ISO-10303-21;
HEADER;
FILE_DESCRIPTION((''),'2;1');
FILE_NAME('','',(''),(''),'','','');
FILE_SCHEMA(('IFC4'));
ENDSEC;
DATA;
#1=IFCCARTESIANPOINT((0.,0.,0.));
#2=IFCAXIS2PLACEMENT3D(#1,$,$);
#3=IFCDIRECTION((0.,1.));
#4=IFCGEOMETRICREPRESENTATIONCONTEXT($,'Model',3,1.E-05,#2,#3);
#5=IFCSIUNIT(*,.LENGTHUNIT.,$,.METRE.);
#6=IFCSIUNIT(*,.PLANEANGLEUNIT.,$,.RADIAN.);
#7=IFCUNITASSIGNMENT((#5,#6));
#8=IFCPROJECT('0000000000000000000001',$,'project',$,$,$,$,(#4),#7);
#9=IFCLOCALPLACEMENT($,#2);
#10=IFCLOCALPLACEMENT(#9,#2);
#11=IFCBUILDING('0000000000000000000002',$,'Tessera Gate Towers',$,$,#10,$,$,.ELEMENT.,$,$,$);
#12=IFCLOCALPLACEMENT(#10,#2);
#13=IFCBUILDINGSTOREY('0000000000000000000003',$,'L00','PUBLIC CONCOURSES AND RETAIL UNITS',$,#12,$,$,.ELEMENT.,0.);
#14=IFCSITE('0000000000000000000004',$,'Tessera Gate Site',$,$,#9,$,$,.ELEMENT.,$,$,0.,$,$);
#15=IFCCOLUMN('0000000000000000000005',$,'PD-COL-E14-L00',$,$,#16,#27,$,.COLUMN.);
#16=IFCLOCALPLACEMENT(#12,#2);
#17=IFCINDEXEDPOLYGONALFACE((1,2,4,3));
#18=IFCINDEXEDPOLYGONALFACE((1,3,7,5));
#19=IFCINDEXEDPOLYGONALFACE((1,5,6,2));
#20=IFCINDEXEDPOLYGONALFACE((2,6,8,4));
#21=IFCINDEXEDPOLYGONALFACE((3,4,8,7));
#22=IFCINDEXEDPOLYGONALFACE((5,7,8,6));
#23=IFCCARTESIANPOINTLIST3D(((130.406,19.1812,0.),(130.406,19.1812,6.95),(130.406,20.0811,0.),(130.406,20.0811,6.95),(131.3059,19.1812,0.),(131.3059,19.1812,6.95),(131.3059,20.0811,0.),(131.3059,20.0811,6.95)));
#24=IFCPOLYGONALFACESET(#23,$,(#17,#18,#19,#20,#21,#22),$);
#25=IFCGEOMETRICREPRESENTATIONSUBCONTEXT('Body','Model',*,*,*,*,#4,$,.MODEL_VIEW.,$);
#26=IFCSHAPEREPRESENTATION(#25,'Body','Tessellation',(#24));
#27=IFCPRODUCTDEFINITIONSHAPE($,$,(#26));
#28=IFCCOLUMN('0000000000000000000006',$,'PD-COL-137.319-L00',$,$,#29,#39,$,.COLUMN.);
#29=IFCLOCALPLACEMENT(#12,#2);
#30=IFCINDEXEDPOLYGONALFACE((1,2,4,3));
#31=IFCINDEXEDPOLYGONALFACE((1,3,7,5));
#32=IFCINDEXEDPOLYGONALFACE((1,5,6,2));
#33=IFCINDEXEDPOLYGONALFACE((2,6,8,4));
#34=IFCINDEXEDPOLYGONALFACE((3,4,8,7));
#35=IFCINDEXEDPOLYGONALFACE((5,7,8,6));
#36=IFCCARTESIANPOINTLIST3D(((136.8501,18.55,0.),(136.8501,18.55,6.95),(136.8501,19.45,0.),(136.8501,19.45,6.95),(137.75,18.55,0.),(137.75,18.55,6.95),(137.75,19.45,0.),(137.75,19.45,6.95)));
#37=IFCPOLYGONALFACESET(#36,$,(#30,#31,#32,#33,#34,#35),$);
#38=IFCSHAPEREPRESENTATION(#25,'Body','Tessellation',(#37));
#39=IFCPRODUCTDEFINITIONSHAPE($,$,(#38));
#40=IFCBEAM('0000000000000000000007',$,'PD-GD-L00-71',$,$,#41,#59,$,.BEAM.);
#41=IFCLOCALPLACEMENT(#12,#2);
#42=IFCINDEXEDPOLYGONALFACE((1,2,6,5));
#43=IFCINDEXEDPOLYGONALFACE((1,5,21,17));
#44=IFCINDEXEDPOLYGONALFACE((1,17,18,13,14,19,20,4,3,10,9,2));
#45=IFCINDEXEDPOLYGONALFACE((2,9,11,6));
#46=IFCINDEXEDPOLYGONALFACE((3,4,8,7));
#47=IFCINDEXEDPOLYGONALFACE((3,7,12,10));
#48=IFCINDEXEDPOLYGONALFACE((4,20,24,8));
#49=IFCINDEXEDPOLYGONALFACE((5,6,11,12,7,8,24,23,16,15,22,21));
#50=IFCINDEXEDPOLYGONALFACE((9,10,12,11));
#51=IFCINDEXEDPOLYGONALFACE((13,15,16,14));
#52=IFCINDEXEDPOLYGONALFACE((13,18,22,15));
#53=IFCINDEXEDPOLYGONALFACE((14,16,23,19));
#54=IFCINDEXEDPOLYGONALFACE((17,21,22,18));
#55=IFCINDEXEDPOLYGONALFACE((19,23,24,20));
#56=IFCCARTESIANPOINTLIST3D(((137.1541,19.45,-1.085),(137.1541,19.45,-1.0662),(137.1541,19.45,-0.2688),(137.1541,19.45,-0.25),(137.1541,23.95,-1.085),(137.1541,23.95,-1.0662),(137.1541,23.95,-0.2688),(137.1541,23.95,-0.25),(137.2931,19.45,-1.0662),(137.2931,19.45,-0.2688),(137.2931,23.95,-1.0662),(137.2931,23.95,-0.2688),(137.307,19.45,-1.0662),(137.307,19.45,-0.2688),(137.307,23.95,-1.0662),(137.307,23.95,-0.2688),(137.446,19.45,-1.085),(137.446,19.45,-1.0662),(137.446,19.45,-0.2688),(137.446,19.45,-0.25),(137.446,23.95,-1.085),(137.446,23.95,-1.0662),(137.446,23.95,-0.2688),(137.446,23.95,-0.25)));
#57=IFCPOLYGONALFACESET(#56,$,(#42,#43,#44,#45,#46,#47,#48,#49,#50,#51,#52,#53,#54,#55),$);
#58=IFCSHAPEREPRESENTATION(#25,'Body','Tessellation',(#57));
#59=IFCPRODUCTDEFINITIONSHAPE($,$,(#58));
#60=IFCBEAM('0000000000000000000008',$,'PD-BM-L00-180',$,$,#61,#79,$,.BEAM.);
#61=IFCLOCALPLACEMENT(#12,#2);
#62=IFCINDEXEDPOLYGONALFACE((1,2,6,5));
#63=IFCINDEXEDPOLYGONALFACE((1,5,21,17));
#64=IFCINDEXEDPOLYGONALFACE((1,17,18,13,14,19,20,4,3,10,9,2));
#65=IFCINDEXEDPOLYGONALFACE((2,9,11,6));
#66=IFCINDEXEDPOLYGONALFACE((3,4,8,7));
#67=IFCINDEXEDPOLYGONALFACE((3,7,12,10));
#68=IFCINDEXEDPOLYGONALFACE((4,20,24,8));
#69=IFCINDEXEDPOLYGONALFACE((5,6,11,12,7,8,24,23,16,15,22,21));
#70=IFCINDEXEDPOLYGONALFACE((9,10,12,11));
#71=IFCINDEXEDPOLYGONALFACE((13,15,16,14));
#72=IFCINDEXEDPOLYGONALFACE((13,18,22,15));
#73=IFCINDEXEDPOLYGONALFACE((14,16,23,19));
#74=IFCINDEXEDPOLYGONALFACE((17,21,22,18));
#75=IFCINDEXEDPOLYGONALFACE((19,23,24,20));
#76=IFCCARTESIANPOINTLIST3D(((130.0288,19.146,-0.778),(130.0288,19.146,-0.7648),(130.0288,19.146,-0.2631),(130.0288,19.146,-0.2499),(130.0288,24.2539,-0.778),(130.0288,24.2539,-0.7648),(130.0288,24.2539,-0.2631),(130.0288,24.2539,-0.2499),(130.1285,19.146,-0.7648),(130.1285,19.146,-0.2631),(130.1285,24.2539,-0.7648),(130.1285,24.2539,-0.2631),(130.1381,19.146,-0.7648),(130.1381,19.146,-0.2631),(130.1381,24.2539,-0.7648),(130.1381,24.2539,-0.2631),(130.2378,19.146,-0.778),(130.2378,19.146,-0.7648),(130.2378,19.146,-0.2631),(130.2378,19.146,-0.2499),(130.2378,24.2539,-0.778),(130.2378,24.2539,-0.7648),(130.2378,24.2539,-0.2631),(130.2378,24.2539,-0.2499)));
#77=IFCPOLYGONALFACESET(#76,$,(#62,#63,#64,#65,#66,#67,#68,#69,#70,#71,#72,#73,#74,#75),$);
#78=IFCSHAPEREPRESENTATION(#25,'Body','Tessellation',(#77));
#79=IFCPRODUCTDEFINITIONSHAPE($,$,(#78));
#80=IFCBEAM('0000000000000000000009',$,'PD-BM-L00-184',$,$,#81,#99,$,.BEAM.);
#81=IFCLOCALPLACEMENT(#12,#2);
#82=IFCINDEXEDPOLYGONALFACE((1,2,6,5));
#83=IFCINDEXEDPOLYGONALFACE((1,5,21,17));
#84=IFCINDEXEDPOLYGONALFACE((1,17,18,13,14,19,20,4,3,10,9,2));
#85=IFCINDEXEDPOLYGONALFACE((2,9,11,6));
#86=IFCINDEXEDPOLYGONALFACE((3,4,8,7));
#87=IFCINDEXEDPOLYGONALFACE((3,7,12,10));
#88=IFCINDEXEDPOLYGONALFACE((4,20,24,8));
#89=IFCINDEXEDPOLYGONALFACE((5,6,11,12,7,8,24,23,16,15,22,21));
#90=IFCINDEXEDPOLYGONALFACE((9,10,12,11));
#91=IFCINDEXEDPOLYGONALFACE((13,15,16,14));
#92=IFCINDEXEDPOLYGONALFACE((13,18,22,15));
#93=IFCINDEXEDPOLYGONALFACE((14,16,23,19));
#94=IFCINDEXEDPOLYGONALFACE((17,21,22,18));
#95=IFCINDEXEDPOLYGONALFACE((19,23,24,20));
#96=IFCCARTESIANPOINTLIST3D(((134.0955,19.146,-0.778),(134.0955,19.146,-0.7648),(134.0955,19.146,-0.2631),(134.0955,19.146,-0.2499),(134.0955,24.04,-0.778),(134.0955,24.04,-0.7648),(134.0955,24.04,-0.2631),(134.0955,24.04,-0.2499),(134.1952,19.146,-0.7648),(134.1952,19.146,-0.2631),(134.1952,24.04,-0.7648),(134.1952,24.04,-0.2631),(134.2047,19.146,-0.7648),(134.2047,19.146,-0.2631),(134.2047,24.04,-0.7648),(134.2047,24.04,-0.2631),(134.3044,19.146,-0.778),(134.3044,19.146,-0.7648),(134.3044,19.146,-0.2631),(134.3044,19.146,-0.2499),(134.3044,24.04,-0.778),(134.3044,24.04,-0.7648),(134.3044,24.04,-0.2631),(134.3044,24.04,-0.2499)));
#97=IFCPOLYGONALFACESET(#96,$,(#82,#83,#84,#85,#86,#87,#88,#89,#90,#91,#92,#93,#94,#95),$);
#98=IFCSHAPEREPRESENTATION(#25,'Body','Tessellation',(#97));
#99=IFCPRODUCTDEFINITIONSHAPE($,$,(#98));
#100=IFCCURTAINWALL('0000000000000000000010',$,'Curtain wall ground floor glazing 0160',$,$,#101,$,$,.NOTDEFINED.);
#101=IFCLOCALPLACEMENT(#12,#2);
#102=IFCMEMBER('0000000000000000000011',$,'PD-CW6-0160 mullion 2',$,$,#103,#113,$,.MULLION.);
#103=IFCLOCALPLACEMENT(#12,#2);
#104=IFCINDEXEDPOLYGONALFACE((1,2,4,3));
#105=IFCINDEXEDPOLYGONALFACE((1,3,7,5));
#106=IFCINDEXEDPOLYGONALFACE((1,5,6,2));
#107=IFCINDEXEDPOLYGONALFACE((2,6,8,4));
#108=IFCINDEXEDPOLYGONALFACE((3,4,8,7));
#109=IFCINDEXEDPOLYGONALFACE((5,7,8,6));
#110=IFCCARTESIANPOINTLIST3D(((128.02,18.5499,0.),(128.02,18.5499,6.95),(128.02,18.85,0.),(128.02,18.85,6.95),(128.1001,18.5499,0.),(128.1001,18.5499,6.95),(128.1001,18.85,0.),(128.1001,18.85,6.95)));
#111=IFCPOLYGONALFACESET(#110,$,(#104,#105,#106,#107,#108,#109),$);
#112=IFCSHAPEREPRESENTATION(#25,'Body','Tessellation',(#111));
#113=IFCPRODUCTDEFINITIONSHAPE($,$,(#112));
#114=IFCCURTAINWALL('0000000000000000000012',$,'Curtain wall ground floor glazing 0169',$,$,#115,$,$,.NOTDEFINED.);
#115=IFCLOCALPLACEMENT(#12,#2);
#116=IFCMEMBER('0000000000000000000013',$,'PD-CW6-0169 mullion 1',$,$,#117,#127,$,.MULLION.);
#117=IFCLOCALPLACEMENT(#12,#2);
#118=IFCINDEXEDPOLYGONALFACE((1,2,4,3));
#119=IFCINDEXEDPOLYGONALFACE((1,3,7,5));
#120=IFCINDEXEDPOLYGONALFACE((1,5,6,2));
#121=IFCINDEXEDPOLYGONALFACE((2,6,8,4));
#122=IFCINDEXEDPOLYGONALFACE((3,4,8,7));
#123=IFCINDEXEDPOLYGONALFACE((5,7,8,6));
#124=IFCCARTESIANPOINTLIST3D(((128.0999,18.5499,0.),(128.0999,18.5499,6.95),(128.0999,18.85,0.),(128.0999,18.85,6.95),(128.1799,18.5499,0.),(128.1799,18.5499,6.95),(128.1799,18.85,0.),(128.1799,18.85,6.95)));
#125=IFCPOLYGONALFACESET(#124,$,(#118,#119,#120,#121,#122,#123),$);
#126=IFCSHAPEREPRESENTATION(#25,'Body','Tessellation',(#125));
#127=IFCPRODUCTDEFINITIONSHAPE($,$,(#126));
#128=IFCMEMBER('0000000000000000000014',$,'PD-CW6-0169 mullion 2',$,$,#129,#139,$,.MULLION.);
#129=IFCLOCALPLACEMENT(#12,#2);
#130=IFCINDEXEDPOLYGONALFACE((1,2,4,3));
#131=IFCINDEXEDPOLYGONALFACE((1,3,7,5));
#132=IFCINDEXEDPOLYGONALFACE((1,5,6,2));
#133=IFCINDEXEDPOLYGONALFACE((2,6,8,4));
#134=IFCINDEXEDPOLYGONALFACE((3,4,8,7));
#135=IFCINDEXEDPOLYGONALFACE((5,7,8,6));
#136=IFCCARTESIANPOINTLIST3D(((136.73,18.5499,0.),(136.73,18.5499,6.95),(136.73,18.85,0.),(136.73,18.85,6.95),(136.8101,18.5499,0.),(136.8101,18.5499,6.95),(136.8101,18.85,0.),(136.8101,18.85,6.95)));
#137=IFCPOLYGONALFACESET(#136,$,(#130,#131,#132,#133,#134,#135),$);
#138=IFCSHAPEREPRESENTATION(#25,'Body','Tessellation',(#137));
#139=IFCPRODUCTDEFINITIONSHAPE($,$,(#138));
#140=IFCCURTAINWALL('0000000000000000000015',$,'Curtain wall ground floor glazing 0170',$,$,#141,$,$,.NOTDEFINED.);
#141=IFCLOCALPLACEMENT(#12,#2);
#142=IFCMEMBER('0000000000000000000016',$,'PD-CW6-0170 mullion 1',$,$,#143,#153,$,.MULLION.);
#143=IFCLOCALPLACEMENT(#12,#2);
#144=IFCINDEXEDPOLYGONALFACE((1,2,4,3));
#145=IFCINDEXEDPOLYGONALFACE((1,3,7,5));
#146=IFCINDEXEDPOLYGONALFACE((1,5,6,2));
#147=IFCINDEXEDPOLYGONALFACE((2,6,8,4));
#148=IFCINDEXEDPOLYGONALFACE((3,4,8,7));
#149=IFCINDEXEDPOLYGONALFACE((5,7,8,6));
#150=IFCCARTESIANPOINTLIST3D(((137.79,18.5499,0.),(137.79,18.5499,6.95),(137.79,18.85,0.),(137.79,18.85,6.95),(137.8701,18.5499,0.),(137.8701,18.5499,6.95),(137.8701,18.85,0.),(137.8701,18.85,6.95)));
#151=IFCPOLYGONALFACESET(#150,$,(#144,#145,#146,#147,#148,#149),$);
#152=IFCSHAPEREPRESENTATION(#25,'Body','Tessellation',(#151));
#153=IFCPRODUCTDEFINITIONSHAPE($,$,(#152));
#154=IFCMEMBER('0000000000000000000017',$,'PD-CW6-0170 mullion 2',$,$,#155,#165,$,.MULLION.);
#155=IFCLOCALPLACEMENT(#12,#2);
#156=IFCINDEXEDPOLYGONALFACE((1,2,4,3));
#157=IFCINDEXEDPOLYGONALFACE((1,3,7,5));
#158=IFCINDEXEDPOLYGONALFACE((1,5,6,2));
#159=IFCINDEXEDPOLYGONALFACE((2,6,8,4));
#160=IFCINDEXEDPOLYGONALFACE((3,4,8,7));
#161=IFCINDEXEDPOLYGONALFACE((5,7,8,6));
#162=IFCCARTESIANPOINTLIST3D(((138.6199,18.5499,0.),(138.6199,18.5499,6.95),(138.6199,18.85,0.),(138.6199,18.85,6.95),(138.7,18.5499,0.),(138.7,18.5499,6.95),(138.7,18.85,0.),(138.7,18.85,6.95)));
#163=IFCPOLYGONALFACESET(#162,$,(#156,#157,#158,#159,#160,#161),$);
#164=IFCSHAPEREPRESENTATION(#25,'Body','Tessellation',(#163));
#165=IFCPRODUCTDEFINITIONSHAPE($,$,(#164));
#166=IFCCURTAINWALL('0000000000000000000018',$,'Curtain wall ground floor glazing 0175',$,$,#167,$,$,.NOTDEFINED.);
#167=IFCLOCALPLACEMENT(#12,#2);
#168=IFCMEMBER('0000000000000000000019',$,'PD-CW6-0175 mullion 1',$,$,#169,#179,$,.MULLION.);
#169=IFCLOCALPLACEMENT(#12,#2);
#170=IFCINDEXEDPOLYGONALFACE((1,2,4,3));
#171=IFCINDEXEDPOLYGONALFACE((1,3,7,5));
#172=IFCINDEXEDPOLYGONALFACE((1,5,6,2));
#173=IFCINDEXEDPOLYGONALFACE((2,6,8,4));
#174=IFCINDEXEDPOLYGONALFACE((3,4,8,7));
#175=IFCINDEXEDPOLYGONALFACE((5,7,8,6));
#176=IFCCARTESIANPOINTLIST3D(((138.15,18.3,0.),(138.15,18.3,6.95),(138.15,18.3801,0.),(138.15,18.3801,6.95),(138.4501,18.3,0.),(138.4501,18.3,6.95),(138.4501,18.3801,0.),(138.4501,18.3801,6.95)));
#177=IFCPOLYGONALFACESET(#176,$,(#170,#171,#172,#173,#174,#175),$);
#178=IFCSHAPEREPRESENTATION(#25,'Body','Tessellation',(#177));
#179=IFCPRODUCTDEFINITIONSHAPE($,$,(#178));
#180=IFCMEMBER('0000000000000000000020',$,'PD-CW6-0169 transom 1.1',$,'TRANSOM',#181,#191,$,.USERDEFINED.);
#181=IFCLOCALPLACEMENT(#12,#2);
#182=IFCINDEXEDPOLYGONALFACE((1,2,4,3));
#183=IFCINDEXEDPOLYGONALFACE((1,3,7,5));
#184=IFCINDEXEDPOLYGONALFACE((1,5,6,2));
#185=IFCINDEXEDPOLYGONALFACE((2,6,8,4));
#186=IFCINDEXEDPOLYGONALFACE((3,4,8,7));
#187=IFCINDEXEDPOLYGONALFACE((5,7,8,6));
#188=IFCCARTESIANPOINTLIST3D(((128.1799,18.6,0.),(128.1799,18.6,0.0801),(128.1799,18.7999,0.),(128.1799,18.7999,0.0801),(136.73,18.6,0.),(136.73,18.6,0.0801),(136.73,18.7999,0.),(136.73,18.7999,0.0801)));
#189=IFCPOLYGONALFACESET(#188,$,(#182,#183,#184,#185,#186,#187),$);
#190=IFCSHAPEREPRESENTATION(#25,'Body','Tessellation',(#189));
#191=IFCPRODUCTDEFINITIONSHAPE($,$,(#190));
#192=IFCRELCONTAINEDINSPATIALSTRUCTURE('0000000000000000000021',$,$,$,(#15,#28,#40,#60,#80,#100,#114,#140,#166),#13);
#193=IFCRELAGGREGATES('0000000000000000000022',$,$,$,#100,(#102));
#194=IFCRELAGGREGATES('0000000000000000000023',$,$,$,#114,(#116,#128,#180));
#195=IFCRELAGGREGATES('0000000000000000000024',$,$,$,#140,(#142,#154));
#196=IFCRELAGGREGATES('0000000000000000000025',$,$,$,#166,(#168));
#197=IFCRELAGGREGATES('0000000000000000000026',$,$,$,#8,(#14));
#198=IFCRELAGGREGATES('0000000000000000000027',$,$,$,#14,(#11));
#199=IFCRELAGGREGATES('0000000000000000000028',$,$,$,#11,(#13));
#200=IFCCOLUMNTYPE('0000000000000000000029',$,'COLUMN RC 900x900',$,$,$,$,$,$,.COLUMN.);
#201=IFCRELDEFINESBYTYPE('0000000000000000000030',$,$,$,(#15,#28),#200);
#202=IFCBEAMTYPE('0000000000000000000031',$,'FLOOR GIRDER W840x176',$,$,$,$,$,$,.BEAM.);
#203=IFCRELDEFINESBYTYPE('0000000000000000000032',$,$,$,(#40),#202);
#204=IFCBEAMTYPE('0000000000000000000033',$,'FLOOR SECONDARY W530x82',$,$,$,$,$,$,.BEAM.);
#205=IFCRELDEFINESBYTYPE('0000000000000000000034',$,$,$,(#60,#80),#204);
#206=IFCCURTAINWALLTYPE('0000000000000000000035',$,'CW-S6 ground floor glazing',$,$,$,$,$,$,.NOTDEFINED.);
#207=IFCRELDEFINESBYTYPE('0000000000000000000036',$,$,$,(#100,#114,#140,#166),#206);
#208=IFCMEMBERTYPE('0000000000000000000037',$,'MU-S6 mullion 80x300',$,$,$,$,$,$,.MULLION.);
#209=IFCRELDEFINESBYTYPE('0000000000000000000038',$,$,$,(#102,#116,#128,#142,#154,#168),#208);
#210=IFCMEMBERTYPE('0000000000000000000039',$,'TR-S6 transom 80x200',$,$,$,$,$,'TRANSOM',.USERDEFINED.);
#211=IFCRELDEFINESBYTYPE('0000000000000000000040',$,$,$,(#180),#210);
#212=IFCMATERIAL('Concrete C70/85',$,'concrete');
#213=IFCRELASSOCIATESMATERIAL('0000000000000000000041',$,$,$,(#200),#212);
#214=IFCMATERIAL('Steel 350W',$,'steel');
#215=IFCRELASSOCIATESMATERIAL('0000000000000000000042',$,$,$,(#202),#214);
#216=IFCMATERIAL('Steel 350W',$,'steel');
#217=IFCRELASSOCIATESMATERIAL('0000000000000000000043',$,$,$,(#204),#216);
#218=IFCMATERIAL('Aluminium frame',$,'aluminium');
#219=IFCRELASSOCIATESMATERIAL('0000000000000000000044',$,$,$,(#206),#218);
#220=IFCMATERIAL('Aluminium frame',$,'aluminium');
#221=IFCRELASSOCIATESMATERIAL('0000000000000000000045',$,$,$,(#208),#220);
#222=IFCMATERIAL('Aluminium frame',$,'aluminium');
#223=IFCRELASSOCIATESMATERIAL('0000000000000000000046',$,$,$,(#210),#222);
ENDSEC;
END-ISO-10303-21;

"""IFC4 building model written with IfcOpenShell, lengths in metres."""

from ifc_helpers import new_model, si_unit, direction, frame, origin, origin_2d, place, context, subcontext, project, spatial, rectangle, i_section, extrude, material, material_profile, profile_set, type_object, element, aggregate, save


model = new_model("IFC4")

# Units and contexts
model_context = context("Model", 3, precision=1e-05, world=origin(), true_north=direction((0.0, 1.0)))
body_context = subcontext(model_context, "Body", "Model", "MODEL_VIEW")
ifc_project = project(units=[si_unit("LENGTHUNIT", "METRE"), si_unit("PLANEANGLEUNIT", "RADIAN")], contexts=[model_context])

# Site, building, storey
site_placement = place(None, origin())
site = spatial("IfcSite", under=ifc_project, at=site_placement, Name="Tessera Gate Site", CompositionType="ELEMENT", RefElevation=0.0)
building_placement = place(site_placement, origin())
building = spatial("IfcBuilding", under=site, at=building_placement, Name="Tessera Gate Towers", CompositionType="ELEMENT")
storey_placement = place(building_placement, origin())
storey = spatial("IfcBuildingStorey", under=building, at=storey_placement, Name="L00", Description="PUBLIC CONCOURSES AND RETAIL UNITS", CompositionType="ELEMENT", Elevation=0.0)

# Columns
ifc_material_1 = material(Name="Concrete C70/85", Category="concrete")
ifc_material_profile_1 = material_profile(ifc_material_1, rectangle(XDim=0.8999, YDim=0.8999, at=origin_2d()), Name="RC 900x900")
ifc_profile_set_1 = profile_set([ifc_material_profile_1], Name="Concrete C70/85")
column_type = type_object("IfcColumnType", Name="COLUMN RC 900x900", PredefinedType="COLUMN", material=ifc_profile_set_1)
for number, where, z_axis, x_axis, name in (
    (1, (130.856, 19.6311, 0.0), (0.0, 0.0, 1.0), (1.0, 0.0, 0.0), "PD-COL-E14-L00"),
    (2, (137.3, 19.0, 0.0), (0.0, 0.0, 1.0), (1.0, 0.0, 0.0), "PD-COL-137.319-L00"),
):
    element("IfcColumn", number, at=place(storey_placement, frame(where, z_axis=z_axis, x_axis=x_axis)), inside=storey, type_object=column_type, Name=name, PredefinedType="COLUMN", context=body_context, shape_type="SweptSolid", body=[
        extrude(rectangle(XDim=0.8999, YDim=0.8999, at=origin_2d()), origin(), (0.0, 0.0, 1.0), 6.95),
    ])

# Beams
ifc_material_2 = material(Name="Steel 350W", Category="steel")
ifc_material_profile_2 = material_profile(ifc_material_2, i_section(OverallWidth=0.292, OverallDepth=0.835, WebThickness=0.0139, FlangeThickness=0.0188, at=origin_2d()), Name="W840x176")
ifc_profile_set_2 = profile_set([ifc_material_profile_2], Name="Steel 350W")
beam_type_1 = type_object("IfcBeamType", Name="FLOOR GIRDER W840x176", PredefinedType="BEAM", material=ifc_profile_set_2)
beam_1_placement = place(storey_placement, frame((137.3, 19.45, -0.6675), z_axis=(0.0, 1.0, 0.0), x_axis=(-1.0, 0.0, 0.0)))
element("IfcBeam", 3, at=beam_1_placement, inside=storey, type_object=beam_type_1, Name="PD-GD-L00-71", PredefinedType="BEAM", context=body_context, shape_type="SweptSolid", body=[
    extrude(i_section(OverallWidth=0.292, OverallDepth=0.835, WebThickness=0.0139, FlangeThickness=0.0188, at=origin_2d()), origin(), (0.0, 0.0, 1.0), 4.5),
])
ifc_material_3 = material(Name="Steel 350W", Category="steel")
ifc_material_profile_3 = material_profile(ifc_material_3, i_section(OverallWidth=0.209, OverallDepth=0.5281, WebThickness=0.0095, FlangeThickness=0.0132, at=origin_2d()), Name="W530x82")
ifc_profile_set_3 = profile_set([ifc_material_profile_3], Name="Steel 350W")
beam_type_2 = type_object("IfcBeamType", Name="FLOOR SECONDARY W530x82", PredefinedType="BEAM", material=ifc_profile_set_3)
beam_2_placement = place(storey_placement, frame((130.1333, 19.146, -0.5139), z_axis=(0.0, 1.0, 0.0), x_axis=(-1.0, 0.0, 0.0)))
element("IfcBeam", 4, at=beam_2_placement, inside=storey, type_object=beam_type_2, Name="PD-BM-L00-180", PredefinedType="BEAM", context=body_context, shape_type="SweptSolid", body=[
    extrude(i_section(OverallWidth=0.209, OverallDepth=0.5281, WebThickness=0.0095, FlangeThickness=0.0132, at=origin_2d()), origin(), (0.0, 0.0, 1.0), 5.1079),
])
beam_3_placement = place(storey_placement, frame((134.2, 19.146, -0.5139), z_axis=(0.0, 1.0, 0.0), x_axis=(-1.0, 0.0, 0.0)))
element("IfcBeam", 5, at=beam_3_placement, inside=storey, type_object=beam_type_2, Name="PD-BM-L00-184", PredefinedType="BEAM", context=body_context, shape_type="SweptSolid", body=[
    extrude(i_section(OverallWidth=0.209, OverallDepth=0.5281, WebThickness=0.0095, FlangeThickness=0.0132, at=origin_2d()), origin(), (0.0, 0.0, 1.0), 4.894),
])

# Curtain wall, member
ifc_material_4 = material(Name="Aluminium frame", Category="aluminium")
curtain_wall_type = type_object("IfcCurtainWallType", Name="CW-S6 ground floor glazing", PredefinedType="NOTDEFINED", material=ifc_material_4)
curtain_wall_1_placement = place(storey_placement, origin())
curtain_wall_1 = element("IfcCurtainWall", 6, at=curtain_wall_1_placement, inside=storey, type_object=curtain_wall_type, Name="Curtain wall ground floor glazing 0160", PredefinedType="NOTDEFINED")
ifc_material_5 = material(Name="Aluminium frame", Category="aluminium")
ifc_material_profile_4 = material_profile(ifc_material_5, rectangle(XDim=0.0801, YDim=0.3, at=origin_2d()), Name="AL 80x300")
ifc_profile_set_4 = profile_set([ifc_material_profile_4], Name="Aluminium frame")
member_type_1 = type_object("IfcMemberType", Name="MU-S6 mullion 80x300", PredefinedType="MULLION", material=ifc_profile_set_4)
member_1_placement = place(storey_placement, frame((128.0601, 18.7, 0.0), z_axis=(0.0, 0.0, 1.0), x_axis=(1.0, 0.0, 0.0)))
member_1 = element("IfcMember", 7, at=member_1_placement, type_object=member_type_1, Name="PD-CW6-0160 mullion 2", PredefinedType="MULLION", context=body_context, shape_type="SweptSolid", body=[
    extrude(rectangle(XDim=0.0801, YDim=0.3, at=origin_2d()), origin(), (0.0, 0.0, 1.0), 6.95),
])
aggregate(curtain_wall_1, [member_1])

# Curtain walls, members
curtain_wall_2_placement = place(storey_placement, origin())
curtain_wall_2 = element("IfcCurtainWall", 8, at=curtain_wall_2_placement, inside=storey, type_object=curtain_wall_type, Name="Curtain wall ground floor glazing 0169", PredefinedType="NOTDEFINED")
member_2_placement = place(storey_placement, frame((128.1399, 18.7, 0.0), z_axis=(0.0, 0.0, 1.0), x_axis=(1.0, 0.0, 0.0)))
member_2 = element("IfcMember", 9, at=member_2_placement, type_object=member_type_1, Name="PD-CW6-0169 mullion 1", PredefinedType="MULLION", context=body_context, shape_type="SweptSolid", body=[
    extrude(rectangle(XDim=0.0801, YDim=0.3, at=origin_2d()), origin(), (0.0, 0.0, 1.0), 6.95),
])
member_3_placement = place(storey_placement, frame((136.77, 18.7, 0.0), z_axis=(0.0, 0.0, 1.0), x_axis=(1.0, 0.0, 0.0)))
member_3 = element("IfcMember", 10, at=member_3_placement, type_object=member_type_1, Name="PD-CW6-0169 mullion 2", PredefinedType="MULLION", context=body_context, shape_type="SweptSolid", body=[
    extrude(rectangle(XDim=0.0801, YDim=0.3, at=origin_2d()), origin(), (0.0, 0.0, 1.0), 6.95),
])
curtain_wall_3_placement = place(storey_placement, origin())
curtain_wall_3 = element("IfcCurtainWall", 11, at=curtain_wall_3_placement, inside=storey, type_object=curtain_wall_type, Name="Curtain wall ground floor glazing 0170", PredefinedType="NOTDEFINED")
member_4_placement = place(storey_placement, frame((137.8301, 18.7, 0.0), z_axis=(0.0, 0.0, 1.0), x_axis=(1.0, 0.0, 0.0)))
member_4 = element("IfcMember", 12, at=member_4_placement, type_object=member_type_1, Name="PD-CW6-0170 mullion 1", PredefinedType="MULLION", context=body_context, shape_type="SweptSolid", body=[
    extrude(rectangle(XDim=0.0801, YDim=0.3, at=origin_2d()), origin(), (0.0, 0.0, 1.0), 6.95),
])
member_5_placement = place(storey_placement, frame((138.6599, 18.7, 0.0), z_axis=(0.0, 0.0, 1.0), x_axis=(1.0, 0.0, 0.0)))
member_5 = element("IfcMember", 13, at=member_5_placement, type_object=member_type_1, Name="PD-CW6-0170 mullion 2", PredefinedType="MULLION", context=body_context, shape_type="SweptSolid", body=[
    extrude(rectangle(XDim=0.0801, YDim=0.3, at=origin_2d()), origin(), (0.0, 0.0, 1.0), 6.95),
])

# Curtain wall, member
curtain_wall_4_placement = place(storey_placement, origin())
curtain_wall_4 = element("IfcCurtainWall", 14, at=curtain_wall_4_placement, inside=storey, type_object=curtain_wall_type, Name="Curtain wall ground floor glazing 0175", PredefinedType="NOTDEFINED")
member_6_placement = place(storey_placement, frame((138.3, 18.3401, 0.0), z_axis=(0.0, 0.0, 1.0), x_axis=(0.0, 1.0, 0.0)))
member_6 = element("IfcMember", 15, at=member_6_placement, type_object=member_type_1, Name="PD-CW6-0175 mullion 1", PredefinedType="MULLION", context=body_context, shape_type="SweptSolid", body=[
    extrude(rectangle(XDim=0.0801, YDim=0.3, at=origin_2d()), origin(), (0.0, 0.0, 1.0), 6.95),
])

# Member
ifc_material_6 = material(Name="Aluminium frame", Category="aluminium")
ifc_material_profile_5 = material_profile(ifc_material_6, rectangle(XDim=0.2, YDim=0.0801, at=origin_2d()), Name="AL 80x200")
ifc_profile_set_5 = profile_set([ifc_material_profile_5], Name="Aluminium frame")
member_type_2 = type_object("IfcMemberType", Name="TR-S6 transom 80x200", ElementType="TRANSOM", PredefinedType="USERDEFINED", material=ifc_profile_set_5)
member_7_placement = place(storey_placement, frame((128.1799, 18.7, 0.04), z_axis=(1.0, 0.0, 0.0), x_axis=(0.0, 1.0, 0.0)))
member_7 = element("IfcMember", 16, at=member_7_placement, type_object=member_type_2, Name="PD-CW6-0169 transom 1.1", ObjectType="TRANSOM", PredefinedType="USERDEFINED", context=body_context, shape_type="SweptSolid", body=[
    extrude(rectangle(XDim=0.2, YDim=0.0801, at=origin_2d()), origin(), (0.0, 0.0, 1.0), 8.55),
])

aggregate(curtain_wall_2, [member_2, member_3, member_7])
aggregate(curtain_wall_3, [member_4, member_5])
aggregate(curtain_wall_4, [member_6])

save(model, "model.ifc")
